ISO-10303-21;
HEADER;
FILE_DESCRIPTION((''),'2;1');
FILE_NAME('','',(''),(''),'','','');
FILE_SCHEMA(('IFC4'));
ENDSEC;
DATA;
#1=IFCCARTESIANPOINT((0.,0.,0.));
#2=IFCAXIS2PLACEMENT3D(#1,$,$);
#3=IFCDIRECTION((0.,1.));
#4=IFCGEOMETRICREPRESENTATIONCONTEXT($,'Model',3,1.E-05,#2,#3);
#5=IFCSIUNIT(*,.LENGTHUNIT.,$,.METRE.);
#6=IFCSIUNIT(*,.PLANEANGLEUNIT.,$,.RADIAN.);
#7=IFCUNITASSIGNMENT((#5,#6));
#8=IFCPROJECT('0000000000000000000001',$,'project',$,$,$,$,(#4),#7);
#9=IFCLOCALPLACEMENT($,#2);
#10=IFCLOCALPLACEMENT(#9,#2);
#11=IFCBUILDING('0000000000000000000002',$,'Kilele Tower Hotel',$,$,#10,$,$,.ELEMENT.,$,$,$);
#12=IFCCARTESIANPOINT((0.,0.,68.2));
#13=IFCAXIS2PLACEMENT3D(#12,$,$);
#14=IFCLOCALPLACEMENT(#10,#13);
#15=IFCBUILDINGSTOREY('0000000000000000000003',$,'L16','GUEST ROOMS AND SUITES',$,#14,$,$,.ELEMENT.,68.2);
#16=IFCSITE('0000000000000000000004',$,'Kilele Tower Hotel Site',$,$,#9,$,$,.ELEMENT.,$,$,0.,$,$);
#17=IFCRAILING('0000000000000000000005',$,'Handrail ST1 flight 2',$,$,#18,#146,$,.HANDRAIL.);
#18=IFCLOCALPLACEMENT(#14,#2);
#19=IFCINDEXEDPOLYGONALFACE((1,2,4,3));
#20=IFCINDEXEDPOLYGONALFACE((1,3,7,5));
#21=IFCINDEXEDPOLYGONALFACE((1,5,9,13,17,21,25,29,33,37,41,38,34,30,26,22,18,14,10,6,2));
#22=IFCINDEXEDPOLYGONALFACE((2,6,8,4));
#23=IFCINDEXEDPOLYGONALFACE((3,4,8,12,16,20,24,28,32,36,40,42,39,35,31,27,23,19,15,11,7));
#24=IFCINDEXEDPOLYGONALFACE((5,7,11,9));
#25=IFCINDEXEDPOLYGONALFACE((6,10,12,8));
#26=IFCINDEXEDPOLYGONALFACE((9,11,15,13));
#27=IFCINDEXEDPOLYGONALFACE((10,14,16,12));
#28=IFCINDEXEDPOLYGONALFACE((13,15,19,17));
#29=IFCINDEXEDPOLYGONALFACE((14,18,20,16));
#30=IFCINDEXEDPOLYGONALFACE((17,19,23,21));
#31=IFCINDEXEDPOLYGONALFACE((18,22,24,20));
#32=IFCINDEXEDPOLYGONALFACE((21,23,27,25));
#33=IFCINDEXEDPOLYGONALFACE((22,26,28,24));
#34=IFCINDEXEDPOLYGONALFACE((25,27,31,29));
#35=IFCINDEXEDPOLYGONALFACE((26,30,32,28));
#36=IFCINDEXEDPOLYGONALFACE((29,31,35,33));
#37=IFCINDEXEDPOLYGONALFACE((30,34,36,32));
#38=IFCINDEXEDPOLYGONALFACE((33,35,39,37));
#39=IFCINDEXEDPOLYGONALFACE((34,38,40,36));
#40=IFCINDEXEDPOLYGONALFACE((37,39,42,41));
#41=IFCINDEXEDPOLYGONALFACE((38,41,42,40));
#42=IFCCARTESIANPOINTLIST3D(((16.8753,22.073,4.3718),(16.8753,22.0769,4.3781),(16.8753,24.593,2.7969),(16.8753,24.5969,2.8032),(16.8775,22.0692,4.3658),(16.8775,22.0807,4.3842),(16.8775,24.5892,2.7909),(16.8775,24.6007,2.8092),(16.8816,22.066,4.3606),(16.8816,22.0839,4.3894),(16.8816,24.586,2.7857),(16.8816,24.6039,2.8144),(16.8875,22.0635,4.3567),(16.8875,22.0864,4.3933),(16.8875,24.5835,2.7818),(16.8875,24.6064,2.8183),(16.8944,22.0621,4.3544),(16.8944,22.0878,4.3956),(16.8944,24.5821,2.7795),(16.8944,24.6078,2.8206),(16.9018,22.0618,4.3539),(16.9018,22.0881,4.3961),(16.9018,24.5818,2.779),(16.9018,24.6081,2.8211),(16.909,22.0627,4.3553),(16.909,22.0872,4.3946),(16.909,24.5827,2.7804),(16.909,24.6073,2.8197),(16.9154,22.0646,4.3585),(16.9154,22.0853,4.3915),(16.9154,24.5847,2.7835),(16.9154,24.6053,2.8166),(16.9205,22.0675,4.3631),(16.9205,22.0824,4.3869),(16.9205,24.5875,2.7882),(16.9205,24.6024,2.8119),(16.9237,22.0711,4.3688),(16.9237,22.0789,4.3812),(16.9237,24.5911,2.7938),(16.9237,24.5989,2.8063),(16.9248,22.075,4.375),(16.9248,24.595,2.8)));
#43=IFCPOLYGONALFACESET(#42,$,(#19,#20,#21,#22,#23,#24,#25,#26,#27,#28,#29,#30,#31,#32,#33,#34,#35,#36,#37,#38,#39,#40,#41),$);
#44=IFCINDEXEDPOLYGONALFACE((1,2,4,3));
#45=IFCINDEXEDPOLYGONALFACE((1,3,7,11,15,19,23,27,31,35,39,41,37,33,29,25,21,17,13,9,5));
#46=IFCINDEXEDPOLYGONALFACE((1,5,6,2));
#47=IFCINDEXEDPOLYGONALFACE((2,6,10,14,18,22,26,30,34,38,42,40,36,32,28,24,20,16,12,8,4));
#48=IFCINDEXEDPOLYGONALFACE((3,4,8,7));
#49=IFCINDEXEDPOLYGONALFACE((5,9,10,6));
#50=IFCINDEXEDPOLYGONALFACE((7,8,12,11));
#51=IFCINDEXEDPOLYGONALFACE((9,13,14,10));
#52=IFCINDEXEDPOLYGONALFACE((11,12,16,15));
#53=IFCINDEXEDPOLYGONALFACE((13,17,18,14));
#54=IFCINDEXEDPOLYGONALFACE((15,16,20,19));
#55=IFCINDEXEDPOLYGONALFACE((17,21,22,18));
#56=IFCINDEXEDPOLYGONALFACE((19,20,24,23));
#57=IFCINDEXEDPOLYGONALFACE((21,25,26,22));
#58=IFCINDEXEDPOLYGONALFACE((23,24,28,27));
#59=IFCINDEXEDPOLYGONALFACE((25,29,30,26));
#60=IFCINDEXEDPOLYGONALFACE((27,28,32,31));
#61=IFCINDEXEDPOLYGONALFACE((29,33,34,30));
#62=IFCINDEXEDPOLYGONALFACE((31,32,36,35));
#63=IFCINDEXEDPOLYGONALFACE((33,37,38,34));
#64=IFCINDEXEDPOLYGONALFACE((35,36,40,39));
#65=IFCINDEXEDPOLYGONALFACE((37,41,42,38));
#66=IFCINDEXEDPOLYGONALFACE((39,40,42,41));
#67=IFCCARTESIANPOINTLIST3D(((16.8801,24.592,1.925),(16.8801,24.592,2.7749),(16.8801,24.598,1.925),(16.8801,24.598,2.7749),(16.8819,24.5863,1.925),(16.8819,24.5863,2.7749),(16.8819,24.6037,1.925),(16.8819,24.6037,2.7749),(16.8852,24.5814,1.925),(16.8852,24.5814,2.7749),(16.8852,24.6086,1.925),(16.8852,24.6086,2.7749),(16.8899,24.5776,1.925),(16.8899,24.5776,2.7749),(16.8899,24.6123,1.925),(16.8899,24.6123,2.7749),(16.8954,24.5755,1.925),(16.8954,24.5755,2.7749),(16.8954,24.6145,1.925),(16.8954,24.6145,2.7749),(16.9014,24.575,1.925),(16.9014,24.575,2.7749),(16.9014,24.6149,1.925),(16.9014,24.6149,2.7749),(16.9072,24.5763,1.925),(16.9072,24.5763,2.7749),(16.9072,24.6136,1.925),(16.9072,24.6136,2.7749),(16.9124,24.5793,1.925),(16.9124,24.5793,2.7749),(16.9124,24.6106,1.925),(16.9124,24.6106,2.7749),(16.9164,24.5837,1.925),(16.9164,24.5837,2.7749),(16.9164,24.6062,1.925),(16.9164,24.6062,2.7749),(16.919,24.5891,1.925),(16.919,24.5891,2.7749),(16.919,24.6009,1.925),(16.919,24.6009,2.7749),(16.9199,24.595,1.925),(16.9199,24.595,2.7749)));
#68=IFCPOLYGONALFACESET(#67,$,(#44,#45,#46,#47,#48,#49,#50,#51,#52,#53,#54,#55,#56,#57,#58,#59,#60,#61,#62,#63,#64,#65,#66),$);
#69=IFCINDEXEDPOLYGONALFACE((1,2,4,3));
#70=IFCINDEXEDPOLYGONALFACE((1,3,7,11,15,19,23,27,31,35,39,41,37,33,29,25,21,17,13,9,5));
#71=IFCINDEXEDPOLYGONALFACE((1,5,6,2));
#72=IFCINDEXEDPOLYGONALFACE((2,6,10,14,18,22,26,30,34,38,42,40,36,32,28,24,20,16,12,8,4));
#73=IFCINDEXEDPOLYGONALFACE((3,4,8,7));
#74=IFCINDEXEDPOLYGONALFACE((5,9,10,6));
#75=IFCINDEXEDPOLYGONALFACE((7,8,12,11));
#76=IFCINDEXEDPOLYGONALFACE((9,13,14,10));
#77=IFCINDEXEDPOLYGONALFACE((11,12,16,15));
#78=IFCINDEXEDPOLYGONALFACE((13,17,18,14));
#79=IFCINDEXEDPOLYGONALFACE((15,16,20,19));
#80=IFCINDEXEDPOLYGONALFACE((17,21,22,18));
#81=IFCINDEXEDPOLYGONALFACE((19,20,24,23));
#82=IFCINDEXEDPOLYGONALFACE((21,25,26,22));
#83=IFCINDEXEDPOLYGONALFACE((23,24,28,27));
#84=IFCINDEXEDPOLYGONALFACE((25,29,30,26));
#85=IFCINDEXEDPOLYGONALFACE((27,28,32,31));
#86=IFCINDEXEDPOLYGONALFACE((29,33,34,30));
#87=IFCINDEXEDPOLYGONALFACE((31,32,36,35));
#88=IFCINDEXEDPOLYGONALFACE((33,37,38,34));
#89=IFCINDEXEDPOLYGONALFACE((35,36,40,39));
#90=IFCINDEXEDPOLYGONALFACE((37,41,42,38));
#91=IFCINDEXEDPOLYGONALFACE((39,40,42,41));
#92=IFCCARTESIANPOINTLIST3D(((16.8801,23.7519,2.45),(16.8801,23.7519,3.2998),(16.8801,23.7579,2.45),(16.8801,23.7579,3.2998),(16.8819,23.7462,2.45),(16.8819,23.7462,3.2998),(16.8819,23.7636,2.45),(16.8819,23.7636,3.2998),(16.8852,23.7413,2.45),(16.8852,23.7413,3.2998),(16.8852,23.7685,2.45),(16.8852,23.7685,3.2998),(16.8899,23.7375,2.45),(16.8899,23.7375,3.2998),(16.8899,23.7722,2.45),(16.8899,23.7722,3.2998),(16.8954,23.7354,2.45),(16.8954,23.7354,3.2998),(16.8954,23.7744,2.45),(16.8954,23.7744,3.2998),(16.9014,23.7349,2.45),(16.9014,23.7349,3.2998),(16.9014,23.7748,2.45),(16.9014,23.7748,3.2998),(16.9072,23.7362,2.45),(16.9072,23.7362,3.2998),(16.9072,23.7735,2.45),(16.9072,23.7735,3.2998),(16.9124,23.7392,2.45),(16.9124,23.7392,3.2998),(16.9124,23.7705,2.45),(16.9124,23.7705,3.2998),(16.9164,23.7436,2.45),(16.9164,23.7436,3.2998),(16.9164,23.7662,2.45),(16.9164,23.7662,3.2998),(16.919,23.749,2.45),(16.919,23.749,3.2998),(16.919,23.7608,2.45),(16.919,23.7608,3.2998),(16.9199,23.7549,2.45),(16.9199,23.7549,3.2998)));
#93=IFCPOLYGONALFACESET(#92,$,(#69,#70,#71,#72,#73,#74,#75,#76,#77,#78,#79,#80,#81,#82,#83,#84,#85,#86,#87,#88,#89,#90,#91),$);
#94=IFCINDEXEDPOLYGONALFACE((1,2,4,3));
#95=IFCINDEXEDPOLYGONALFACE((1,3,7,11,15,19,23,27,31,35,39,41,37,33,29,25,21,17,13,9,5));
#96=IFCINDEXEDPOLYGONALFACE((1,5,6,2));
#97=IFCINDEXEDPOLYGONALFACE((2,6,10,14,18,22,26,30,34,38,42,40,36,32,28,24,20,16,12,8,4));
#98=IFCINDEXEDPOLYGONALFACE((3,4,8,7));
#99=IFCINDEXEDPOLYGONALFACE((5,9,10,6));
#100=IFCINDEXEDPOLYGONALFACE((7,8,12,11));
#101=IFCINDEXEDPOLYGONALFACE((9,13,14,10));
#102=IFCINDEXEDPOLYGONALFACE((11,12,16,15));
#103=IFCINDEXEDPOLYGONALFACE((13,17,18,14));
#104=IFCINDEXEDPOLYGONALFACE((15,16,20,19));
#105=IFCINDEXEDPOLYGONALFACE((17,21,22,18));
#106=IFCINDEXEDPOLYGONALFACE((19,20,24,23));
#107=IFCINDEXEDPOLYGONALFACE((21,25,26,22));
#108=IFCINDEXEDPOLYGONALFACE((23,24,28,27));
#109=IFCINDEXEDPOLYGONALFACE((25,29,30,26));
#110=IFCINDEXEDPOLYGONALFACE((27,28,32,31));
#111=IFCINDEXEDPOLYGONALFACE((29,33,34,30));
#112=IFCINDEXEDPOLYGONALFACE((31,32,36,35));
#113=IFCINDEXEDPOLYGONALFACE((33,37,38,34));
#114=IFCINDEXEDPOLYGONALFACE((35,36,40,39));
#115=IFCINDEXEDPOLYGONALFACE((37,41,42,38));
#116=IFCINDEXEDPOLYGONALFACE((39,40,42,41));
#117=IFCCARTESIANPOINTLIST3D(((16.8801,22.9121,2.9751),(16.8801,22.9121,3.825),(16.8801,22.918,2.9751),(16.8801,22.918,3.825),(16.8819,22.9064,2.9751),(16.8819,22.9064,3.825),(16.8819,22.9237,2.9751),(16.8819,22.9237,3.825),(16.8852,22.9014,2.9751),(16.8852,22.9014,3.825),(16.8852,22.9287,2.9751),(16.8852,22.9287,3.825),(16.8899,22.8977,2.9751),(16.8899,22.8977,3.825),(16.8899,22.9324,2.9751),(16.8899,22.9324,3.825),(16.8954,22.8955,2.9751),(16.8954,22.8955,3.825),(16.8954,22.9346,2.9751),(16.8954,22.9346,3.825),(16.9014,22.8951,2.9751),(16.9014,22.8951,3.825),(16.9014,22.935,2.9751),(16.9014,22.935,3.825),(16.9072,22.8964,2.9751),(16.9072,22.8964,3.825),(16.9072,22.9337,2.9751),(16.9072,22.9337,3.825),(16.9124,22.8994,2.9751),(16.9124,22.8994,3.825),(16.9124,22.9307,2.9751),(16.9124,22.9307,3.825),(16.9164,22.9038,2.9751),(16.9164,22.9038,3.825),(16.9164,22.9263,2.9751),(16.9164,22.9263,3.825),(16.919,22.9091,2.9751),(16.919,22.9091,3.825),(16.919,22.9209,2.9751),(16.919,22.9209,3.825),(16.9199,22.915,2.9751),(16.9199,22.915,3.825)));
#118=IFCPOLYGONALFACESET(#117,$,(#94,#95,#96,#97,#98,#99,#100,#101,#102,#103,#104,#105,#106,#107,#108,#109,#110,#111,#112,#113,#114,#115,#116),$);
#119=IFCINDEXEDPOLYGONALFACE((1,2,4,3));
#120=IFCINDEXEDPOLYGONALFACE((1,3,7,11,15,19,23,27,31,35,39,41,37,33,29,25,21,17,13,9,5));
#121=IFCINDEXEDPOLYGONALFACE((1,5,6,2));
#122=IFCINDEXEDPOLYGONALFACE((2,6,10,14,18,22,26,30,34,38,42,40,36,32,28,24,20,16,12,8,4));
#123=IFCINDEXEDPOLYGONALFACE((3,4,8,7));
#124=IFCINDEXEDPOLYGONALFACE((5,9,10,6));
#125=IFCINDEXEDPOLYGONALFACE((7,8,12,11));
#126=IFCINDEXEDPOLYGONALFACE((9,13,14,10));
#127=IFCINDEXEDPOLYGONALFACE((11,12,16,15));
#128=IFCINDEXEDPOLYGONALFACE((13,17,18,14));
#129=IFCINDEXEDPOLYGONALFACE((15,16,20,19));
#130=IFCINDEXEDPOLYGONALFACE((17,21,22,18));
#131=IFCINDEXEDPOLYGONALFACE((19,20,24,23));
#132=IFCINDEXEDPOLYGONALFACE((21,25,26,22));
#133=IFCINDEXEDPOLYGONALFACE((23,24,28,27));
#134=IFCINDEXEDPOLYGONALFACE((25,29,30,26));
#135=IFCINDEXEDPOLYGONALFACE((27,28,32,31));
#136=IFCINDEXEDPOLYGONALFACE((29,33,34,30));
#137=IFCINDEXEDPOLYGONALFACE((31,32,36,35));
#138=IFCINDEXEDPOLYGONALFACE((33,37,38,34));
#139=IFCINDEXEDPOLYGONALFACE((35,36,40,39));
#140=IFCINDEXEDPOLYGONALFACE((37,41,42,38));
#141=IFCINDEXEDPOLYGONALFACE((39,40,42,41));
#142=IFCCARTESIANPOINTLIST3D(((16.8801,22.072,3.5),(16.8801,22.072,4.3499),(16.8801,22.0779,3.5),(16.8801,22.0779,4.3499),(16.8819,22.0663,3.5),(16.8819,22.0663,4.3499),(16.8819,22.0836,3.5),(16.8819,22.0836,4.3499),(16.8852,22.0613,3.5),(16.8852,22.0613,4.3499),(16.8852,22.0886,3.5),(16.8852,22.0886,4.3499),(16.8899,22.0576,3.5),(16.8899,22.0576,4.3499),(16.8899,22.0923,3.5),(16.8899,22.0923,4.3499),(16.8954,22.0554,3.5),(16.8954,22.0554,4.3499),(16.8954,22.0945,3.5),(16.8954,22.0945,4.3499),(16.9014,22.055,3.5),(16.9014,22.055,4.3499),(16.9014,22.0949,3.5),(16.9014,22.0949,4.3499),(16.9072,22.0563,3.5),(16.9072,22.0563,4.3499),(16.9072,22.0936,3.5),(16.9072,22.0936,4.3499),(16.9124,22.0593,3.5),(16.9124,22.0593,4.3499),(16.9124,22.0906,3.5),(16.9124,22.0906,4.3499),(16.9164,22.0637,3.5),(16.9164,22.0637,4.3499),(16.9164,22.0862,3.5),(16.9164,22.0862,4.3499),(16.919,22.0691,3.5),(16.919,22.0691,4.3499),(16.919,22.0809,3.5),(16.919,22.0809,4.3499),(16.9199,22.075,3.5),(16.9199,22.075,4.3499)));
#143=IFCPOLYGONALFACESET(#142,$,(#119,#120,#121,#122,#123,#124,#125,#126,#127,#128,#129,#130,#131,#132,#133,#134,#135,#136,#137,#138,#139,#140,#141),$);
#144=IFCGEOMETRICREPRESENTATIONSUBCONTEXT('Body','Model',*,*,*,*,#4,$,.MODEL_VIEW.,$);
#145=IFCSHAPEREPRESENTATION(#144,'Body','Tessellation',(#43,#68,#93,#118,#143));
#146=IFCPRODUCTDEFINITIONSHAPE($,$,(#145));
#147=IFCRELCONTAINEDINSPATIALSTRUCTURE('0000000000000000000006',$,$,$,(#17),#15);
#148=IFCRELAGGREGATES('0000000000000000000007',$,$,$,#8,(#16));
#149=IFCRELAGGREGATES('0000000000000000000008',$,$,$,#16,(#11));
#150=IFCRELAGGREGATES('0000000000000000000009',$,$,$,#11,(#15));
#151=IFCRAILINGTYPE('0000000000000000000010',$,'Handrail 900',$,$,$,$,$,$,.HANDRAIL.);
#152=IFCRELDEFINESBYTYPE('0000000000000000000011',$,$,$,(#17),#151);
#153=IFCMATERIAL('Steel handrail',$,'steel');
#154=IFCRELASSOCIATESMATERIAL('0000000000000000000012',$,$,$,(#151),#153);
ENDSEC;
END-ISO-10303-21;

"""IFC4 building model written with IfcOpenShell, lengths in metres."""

from ifc_helpers import new_model, si_unit, direction, frame, origin, origin_2d, place, context, subcontext, project, spatial, circle, extrude, material, type_object, element, save


model = new_model("IFC4")

# Units and contexts
model_context = context("Model", 3, precision=1e-05, world=origin(), true_north=direction((0.0, 1.0)))
body_context = subcontext(model_context, "Body", "Model", "MODEL_VIEW")
ifc_project = project(units=[si_unit("LENGTHUNIT", "METRE"), si_unit("PLANEANGLEUNIT", "RADIAN")], contexts=[model_context])

# Site, building, storey
site_placement = place(None, origin())
site = spatial("IfcSite", under=ifc_project, at=site_placement, Name="Kilele Tower Hotel Site", CompositionType="ELEMENT", RefElevation=0.0)
building_placement = place(site_placement, origin())
building = spatial("IfcBuilding", under=site, at=building_placement, Name="Kilele Tower Hotel", CompositionType="ELEMENT")
storey_placement = place(building_placement, frame((0.0, 0.0, 68.2)))
storey = spatial("IfcBuildingStorey", under=building, at=storey_placement, Name="L16", Description="GUEST ROOMS AND SUITES", CompositionType="ELEMENT", Elevation=68.2)

# Railing
ifc_material_1 = material(Name="Steel handrail", Category="steel")
railing_type_1 = type_object("IfcRailingType", Name="Handrail 900", PredefinedType="HANDRAIL", material=ifc_material_1)
for number, where, name in (
    (1, (16.8999, 24.595, 1.925), "Handrail ST1 flight 2"),
):
    element("IfcRailing", number, at=place(storey_placement, frame(where)), inside=storey, type_object=railing_type_1, Name=name, PredefinedType="HANDRAIL", context=body_context, shape_type="SweptSolid", body=[
        extrude(circle(Radius=0.0249, at=origin_2d()), frame((0.0, 0.0, 0.875), z_axis=(0.0, -0.848008, 0.529984), x_axis=(1.0, 0.0, 0.0)), (0.0, 0.0, 1.0), 2.9717),
        extrude(circle(Radius=0.02, at=origin_2d()), origin(), (0.0, 0.0, 1.0), 0.8499),
        extrude(circle(Radius=0.02, at=origin_2d()), frame((0.0, -0.8401, 0.5249)), (0.0, 0.0, 1.0), 0.8499),
        extrude(circle(Radius=0.02, at=origin_2d()), frame((0.0, -1.6799, 1.05)), (0.0, 0.0, 1.0), 0.8499),
        extrude(circle(Radius=0.02, at=origin_2d()), frame((0.0, -2.52, 1.575)), (0.0, 0.0, 1.0), 0.8499),
    ])

save(model, "model.ifc")
